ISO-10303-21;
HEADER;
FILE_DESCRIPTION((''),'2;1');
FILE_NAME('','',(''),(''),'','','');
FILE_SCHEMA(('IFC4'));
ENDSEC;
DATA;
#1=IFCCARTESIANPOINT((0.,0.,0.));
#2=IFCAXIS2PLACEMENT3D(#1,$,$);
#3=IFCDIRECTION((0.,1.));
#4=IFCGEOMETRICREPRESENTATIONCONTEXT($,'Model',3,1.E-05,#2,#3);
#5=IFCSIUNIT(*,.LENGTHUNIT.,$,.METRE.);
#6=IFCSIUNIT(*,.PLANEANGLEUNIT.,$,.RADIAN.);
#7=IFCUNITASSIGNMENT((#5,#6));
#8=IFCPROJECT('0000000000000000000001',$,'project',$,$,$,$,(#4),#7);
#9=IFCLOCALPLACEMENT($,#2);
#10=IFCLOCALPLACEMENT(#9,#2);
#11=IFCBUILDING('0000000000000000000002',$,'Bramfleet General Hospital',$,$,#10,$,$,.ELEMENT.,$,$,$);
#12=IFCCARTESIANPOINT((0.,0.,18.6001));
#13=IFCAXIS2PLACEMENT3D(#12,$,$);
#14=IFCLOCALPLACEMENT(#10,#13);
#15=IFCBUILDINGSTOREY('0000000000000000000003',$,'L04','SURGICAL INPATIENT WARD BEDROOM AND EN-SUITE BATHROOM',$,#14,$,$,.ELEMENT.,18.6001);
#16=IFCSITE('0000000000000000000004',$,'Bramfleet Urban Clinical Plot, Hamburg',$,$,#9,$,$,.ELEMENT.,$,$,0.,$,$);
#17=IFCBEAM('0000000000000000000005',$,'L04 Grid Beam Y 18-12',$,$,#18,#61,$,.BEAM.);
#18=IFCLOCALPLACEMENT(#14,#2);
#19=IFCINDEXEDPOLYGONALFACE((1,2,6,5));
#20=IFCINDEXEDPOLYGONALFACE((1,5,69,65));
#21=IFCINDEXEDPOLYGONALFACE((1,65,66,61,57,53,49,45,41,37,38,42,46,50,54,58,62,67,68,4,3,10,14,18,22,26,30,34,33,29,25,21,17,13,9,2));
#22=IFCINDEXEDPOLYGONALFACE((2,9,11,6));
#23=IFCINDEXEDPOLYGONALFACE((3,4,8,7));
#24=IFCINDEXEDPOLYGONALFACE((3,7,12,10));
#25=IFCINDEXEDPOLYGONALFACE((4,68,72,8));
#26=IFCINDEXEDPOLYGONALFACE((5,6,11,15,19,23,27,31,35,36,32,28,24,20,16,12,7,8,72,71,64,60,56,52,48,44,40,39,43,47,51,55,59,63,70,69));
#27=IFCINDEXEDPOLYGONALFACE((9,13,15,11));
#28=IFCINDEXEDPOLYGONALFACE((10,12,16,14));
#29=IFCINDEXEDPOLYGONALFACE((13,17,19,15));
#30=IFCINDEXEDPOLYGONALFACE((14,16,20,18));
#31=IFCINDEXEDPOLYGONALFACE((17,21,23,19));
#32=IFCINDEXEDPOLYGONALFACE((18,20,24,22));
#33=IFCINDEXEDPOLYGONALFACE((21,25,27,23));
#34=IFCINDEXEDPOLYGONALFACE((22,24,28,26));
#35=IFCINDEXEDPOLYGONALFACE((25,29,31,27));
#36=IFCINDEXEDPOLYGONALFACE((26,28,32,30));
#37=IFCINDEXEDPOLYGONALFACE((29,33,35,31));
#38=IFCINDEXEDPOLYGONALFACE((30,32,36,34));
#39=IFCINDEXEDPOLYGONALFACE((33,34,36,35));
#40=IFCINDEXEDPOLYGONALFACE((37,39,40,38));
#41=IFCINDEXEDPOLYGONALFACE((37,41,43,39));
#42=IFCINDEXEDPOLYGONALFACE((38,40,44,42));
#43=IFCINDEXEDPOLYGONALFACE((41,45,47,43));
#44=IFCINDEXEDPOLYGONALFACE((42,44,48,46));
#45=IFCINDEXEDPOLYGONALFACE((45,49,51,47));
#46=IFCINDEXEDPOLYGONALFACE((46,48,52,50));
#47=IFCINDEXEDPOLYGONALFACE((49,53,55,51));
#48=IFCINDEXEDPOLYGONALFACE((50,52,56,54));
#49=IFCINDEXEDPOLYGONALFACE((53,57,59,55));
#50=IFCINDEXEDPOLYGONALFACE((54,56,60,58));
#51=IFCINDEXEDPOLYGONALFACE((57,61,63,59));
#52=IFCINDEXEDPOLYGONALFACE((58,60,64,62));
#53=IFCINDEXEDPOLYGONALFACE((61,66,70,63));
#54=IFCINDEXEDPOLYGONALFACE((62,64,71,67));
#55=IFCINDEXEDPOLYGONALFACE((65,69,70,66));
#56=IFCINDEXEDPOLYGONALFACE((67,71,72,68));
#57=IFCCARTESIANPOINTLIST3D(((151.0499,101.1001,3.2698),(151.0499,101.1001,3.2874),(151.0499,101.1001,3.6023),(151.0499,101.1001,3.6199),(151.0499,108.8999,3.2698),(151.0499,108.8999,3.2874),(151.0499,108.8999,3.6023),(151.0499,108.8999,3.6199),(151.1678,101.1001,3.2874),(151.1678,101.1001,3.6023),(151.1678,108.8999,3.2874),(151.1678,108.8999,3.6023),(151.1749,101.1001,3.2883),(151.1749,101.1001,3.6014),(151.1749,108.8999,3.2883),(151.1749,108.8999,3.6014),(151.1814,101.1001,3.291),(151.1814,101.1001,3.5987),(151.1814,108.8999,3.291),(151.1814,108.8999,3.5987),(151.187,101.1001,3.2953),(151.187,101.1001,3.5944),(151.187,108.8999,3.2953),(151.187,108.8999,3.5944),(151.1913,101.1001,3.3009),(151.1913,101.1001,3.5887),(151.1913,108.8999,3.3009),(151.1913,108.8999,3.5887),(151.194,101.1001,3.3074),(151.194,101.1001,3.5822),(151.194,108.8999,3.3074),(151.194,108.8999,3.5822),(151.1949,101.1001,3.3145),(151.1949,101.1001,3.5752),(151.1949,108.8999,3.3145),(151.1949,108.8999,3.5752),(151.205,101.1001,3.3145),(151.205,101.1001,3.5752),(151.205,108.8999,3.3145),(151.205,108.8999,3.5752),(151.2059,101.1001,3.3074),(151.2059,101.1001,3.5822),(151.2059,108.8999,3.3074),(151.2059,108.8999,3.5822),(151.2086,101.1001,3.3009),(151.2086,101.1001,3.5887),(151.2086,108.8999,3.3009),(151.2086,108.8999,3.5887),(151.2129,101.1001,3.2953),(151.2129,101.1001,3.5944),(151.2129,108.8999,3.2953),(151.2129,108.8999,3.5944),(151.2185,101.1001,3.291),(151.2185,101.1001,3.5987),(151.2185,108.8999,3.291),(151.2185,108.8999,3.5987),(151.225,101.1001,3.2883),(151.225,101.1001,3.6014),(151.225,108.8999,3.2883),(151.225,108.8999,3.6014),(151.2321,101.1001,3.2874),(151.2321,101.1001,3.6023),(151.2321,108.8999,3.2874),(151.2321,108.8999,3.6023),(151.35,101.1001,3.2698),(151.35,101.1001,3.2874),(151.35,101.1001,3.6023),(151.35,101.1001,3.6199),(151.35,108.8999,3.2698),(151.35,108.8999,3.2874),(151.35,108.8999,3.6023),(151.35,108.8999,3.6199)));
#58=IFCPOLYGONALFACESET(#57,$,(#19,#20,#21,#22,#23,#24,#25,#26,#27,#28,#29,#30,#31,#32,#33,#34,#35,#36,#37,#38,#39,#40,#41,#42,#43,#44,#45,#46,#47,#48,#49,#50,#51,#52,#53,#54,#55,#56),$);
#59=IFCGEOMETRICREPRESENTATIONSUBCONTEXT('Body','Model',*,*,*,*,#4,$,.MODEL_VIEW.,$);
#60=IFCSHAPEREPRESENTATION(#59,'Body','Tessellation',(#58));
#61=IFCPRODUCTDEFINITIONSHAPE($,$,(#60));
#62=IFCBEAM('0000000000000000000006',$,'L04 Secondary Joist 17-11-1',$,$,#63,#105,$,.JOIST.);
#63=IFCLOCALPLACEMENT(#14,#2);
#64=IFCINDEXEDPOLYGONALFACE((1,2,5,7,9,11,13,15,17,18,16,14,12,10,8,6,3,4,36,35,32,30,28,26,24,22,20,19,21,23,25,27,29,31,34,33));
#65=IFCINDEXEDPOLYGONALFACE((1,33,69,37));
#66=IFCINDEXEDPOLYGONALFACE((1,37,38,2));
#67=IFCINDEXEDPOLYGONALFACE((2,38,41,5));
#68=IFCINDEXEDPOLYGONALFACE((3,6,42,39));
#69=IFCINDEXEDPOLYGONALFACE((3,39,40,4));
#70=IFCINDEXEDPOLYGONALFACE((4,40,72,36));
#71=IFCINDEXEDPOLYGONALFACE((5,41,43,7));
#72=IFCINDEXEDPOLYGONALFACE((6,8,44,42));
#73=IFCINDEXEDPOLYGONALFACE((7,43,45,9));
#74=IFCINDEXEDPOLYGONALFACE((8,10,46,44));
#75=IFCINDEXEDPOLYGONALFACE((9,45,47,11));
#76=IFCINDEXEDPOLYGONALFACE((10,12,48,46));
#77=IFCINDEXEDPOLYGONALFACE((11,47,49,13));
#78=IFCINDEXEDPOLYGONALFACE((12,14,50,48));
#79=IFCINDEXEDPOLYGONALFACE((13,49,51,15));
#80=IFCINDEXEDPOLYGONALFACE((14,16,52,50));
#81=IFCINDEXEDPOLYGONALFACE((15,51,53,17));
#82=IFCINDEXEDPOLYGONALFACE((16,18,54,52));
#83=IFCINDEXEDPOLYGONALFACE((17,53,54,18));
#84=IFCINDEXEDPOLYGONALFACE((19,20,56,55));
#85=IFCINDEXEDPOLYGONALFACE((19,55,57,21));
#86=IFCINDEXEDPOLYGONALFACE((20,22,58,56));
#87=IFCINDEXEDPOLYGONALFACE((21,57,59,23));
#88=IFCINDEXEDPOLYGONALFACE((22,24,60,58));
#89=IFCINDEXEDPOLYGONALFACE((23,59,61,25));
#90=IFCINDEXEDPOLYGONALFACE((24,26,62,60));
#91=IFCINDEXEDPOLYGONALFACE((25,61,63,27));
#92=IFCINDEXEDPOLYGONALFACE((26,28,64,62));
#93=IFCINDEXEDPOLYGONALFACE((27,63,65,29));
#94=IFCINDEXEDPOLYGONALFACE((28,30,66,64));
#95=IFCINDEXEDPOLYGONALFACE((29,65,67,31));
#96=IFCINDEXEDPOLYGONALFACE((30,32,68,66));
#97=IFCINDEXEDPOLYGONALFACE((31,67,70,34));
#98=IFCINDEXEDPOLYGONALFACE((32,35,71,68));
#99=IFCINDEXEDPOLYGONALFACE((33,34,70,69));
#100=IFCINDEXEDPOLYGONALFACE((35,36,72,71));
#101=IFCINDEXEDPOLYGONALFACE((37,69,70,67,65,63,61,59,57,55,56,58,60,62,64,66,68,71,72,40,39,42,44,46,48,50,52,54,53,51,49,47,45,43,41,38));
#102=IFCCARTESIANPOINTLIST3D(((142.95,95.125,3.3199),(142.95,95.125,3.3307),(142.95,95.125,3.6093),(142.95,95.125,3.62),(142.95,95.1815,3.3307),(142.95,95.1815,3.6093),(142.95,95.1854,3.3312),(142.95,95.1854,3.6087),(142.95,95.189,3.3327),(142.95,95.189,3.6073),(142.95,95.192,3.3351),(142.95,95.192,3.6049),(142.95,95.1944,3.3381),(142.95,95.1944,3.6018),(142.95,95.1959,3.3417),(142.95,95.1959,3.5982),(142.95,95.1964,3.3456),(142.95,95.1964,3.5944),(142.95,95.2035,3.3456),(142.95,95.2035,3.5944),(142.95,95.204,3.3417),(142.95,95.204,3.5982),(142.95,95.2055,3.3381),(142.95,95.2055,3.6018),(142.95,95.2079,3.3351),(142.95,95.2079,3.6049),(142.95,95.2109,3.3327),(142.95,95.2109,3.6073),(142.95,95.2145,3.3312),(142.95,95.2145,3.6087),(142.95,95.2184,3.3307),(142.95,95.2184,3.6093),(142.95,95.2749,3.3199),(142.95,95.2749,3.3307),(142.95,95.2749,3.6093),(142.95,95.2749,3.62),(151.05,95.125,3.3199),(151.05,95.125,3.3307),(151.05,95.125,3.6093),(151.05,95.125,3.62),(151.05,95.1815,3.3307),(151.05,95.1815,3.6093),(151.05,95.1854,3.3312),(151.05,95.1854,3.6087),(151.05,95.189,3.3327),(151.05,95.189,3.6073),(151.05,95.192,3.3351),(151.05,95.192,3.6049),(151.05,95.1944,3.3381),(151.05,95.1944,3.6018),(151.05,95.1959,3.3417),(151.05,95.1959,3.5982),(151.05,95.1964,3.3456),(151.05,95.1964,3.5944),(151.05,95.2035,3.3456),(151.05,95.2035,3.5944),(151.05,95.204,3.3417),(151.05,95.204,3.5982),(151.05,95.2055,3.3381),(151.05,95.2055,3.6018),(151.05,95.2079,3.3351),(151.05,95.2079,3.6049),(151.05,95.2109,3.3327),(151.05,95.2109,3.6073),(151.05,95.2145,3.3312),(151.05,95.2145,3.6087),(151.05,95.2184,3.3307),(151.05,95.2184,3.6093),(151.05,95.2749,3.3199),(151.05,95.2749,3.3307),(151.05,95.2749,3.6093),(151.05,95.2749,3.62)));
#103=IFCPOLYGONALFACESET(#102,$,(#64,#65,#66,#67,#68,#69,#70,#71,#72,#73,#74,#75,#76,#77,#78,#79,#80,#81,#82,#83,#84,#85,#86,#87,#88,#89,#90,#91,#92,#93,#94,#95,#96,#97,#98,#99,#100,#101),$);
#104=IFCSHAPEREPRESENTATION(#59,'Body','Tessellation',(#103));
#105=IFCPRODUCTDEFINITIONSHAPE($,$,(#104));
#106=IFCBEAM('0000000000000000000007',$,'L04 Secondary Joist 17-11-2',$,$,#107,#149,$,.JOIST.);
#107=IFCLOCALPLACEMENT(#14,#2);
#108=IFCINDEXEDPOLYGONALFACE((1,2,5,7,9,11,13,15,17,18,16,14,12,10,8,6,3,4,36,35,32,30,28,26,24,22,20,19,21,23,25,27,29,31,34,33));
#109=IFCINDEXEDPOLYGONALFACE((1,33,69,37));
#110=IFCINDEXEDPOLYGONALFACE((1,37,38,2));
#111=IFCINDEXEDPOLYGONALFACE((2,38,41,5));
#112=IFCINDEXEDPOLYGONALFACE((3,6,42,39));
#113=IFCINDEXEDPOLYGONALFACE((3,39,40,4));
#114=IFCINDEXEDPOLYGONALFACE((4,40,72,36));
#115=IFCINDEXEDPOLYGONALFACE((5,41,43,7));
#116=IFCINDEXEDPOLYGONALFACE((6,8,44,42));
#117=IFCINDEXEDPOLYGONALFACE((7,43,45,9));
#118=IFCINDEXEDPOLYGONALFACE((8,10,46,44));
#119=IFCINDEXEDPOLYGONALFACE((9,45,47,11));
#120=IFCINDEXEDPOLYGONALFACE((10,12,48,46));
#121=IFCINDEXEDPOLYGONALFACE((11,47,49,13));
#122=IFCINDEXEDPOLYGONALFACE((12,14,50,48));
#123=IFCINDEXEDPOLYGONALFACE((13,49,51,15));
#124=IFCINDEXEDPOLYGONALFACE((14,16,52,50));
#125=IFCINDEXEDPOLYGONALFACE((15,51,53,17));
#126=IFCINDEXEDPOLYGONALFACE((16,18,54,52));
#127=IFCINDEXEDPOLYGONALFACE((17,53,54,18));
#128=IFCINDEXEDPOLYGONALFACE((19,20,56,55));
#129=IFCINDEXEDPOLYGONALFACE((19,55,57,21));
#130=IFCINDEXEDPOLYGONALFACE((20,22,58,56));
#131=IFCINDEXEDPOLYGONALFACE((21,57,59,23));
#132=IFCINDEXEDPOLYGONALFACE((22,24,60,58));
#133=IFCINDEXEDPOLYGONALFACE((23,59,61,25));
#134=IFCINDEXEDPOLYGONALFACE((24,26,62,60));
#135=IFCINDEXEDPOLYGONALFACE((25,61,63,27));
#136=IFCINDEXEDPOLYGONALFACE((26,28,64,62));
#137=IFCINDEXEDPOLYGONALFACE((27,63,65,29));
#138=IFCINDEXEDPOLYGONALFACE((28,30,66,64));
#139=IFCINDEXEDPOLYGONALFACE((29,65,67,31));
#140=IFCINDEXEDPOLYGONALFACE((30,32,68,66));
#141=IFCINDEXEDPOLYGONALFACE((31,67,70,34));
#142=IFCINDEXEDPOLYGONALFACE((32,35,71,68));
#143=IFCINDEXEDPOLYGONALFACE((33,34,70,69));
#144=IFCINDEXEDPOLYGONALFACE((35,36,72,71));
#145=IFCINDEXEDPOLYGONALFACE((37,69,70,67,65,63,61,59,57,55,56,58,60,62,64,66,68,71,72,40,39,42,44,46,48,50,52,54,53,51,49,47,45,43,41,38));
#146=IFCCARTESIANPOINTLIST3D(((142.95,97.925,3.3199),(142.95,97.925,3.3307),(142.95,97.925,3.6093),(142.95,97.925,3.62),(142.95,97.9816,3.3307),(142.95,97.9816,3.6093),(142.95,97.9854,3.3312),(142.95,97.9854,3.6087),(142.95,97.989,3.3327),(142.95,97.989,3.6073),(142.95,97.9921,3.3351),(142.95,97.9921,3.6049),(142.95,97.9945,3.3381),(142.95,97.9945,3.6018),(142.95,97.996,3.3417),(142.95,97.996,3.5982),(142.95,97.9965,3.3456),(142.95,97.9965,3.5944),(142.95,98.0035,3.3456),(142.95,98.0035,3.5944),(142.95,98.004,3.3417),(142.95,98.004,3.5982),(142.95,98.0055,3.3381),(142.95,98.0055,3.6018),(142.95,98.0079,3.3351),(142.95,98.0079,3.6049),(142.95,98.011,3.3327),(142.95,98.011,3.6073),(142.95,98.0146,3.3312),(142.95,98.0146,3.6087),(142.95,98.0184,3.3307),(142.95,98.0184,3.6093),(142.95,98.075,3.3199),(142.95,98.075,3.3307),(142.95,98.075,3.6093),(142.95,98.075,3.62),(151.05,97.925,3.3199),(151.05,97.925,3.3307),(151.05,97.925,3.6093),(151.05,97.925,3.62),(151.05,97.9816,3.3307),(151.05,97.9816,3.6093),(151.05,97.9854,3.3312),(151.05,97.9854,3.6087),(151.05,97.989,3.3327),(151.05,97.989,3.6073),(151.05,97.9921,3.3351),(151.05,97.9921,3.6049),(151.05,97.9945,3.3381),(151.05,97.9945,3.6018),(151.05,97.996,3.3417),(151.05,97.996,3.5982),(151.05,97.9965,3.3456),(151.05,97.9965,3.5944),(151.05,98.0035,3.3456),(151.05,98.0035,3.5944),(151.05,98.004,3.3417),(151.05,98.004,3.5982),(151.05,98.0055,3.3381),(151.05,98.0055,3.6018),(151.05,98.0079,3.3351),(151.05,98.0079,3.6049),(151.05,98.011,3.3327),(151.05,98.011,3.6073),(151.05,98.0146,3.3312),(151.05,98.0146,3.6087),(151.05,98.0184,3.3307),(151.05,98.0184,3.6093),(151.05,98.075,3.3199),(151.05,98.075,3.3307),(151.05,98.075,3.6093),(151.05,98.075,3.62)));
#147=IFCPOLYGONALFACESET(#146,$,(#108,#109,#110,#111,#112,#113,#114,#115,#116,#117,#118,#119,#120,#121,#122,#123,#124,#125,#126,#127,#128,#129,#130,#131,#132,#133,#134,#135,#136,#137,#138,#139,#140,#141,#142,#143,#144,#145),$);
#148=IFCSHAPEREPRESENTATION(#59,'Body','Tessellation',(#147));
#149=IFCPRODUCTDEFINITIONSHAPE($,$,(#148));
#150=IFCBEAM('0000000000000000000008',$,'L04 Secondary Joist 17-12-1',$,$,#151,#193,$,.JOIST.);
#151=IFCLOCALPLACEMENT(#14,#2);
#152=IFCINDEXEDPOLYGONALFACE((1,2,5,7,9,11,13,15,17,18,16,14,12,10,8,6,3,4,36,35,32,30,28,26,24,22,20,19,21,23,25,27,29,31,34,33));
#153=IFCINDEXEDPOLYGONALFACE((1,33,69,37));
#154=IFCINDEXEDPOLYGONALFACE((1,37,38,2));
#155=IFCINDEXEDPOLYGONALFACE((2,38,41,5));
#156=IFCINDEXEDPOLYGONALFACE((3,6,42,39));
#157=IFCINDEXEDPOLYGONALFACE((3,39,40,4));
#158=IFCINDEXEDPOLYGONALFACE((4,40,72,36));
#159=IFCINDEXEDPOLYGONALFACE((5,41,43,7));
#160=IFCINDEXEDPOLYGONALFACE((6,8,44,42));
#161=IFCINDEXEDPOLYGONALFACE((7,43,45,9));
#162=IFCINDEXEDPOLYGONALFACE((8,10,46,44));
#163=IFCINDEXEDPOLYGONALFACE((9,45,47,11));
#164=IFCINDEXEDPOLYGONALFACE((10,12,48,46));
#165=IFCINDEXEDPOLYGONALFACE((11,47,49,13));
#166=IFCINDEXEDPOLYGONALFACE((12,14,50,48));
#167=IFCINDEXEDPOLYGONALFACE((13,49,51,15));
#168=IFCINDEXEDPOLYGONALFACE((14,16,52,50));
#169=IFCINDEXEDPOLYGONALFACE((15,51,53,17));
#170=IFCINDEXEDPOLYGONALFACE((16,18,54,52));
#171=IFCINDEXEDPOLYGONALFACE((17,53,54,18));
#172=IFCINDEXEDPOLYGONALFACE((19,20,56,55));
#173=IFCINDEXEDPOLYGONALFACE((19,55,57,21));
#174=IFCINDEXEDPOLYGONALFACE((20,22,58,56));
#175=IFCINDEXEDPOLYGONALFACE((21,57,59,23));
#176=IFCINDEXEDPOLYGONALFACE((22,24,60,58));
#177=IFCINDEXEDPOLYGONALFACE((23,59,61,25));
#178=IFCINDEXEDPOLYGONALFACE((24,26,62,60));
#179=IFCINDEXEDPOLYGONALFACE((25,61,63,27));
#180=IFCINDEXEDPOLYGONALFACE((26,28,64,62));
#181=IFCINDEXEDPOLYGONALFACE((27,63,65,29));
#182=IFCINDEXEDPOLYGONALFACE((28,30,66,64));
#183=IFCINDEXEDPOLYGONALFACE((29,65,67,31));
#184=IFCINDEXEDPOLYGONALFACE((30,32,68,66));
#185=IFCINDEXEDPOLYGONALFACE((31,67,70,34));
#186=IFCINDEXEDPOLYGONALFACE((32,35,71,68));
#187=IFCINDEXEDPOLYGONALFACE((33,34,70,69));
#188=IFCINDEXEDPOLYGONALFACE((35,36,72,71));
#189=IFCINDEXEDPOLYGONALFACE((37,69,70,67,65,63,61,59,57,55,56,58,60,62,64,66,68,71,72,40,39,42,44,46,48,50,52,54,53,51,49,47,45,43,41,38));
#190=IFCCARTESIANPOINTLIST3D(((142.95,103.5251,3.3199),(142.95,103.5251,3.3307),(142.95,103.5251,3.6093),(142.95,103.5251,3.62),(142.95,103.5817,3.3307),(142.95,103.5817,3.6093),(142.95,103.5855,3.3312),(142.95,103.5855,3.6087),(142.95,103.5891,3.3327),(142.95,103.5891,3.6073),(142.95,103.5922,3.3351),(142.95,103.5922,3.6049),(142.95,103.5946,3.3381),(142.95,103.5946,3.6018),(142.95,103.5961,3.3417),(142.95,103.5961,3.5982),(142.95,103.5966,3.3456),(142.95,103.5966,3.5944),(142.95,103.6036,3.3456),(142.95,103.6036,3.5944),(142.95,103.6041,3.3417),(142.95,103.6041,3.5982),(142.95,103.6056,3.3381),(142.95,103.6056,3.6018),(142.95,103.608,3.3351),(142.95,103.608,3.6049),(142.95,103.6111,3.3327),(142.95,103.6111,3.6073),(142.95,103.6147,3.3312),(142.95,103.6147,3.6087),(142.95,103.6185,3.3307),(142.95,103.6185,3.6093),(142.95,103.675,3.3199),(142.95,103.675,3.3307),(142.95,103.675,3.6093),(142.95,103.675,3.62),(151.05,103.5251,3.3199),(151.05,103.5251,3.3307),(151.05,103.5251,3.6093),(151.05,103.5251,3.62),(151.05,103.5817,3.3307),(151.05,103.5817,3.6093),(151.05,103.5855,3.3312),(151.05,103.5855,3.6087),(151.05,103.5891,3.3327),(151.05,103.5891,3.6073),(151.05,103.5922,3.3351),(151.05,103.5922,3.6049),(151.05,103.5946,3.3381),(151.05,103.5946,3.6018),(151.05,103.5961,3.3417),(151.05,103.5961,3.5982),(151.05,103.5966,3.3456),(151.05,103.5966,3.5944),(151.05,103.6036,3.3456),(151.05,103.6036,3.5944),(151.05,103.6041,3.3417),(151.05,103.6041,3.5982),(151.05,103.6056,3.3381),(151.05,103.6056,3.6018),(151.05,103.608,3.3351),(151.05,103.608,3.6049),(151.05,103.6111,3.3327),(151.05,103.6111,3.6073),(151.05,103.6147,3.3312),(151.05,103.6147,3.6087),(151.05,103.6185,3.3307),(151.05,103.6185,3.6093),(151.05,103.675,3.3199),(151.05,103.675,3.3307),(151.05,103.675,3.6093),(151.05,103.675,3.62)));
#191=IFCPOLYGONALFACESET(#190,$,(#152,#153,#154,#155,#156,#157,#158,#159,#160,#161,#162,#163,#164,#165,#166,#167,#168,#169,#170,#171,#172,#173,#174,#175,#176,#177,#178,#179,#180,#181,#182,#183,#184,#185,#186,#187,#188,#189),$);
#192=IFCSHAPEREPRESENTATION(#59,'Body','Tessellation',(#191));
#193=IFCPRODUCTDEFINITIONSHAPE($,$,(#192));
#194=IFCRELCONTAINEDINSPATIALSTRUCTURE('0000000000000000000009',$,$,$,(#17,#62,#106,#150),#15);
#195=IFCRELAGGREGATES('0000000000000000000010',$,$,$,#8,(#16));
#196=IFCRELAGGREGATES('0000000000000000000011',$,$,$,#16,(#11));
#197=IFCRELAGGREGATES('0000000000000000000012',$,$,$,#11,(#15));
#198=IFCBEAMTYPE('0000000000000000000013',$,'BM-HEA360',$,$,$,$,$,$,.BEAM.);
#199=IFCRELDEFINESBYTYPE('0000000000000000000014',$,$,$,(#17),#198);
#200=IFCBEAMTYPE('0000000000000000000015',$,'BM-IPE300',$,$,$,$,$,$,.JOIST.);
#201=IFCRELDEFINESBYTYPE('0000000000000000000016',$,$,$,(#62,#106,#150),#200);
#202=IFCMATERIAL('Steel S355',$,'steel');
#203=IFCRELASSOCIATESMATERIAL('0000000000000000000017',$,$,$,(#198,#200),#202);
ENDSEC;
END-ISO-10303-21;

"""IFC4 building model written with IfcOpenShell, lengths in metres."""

from ifc_helpers import new_model, si_unit, direction, frame, origin, origin_2d, place, context, subcontext, project, spatial, i_section, extrude, material, material_profile, profile_set, type_object, element, save


model = new_model("IFC4")

# Units and contexts
model_context = context("Model", 3, precision=1e-05, world=origin(), true_north=direction((0.0, 1.0)))
body_context = subcontext(model_context, "Body", "Model", "MODEL_VIEW")
ifc_project = project(units=[si_unit("LENGTHUNIT", "METRE"), si_unit("PLANEANGLEUNIT", "RADIAN")], contexts=[model_context])

# Site, building, storey
site_placement = place(None, origin())
site = spatial("IfcSite", under=ifc_project, at=site_placement, Name="Bramfleet Urban Clinical Plot, Hamburg", CompositionType="ELEMENT", RefElevation=0.0)
building_placement = place(site_placement, origin())
building = spatial("IfcBuilding", under=site, at=building_placement, Name="Bramfleet General Hospital", CompositionType="ELEMENT")
storey_placement = place(building_placement, frame((0.0, 0.0, 18.6001)))
storey = spatial("IfcBuildingStorey", under=building, at=storey_placement, Name="L04", Description="SURGICAL INPATIENT WARD BEDROOM AND EN-SUITE BATHROOM", CompositionType="ELEMENT", Elevation=18.6001)

# Beams
ifc_material_1 = material(Name="Steel S355", Category="steel")
ifc_material_profile_1 = material_profile(ifc_material_1, i_section(OverallWidth=0.3, OverallDepth=0.3501, WebThickness=0.01, FlangeThickness=0.0176, FilletRadius=0.0271, at=origin_2d()), Name="HEA 360")
ifc_profile_set_1 = profile_set([ifc_material_profile_1], Name="Steel S355")
beam_type_1 = type_object("IfcBeamType", Name="BM-HEA360", PredefinedType="BEAM", material=ifc_profile_set_1)
beam_1_placement = place(storey_placement, frame((151.2, 101.1001, 3.4448), z_axis=(0.0, 1.0, 0.0), x_axis=(-1.0, 0.0, 0.0)))
element("IfcBeam", 1, at=beam_1_placement, inside=storey, type_object=beam_type_1, Name="L04 Grid Beam Y 18-12", PredefinedType="BEAM", context=body_context, shape_type="SweptSolid", body=[
    extrude(i_section(OverallWidth=0.3, OverallDepth=0.3501, WebThickness=0.01, FlangeThickness=0.0176, FilletRadius=0.0271, at=origin_2d()), origin(), (0.0, 0.0, 1.0), 7.7998),
])
ifc_material_profile_2 = material_profile(ifc_material_1, i_section(OverallWidth=0.1499, OverallDepth=0.3, WebThickness=0.0071, FlangeThickness=0.0107, FilletRadius=0.0149, at=origin_2d()), Name="IPE 300")
ifc_profile_set_2 = profile_set([ifc_material_profile_2], Name="Steel S355")
beam_type_2 = type_object("IfcBeamType", Name="BM-IPE300", PredefinedType="JOIST", material=ifc_profile_set_2)
for number, where, z_axis, x_axis, name in (
    (2, (142.95, 95.2, 3.47), (1.0, 0.0, 0.0), (0.0, 1.0, 0.0), "L04 Secondary Joist 17-11-1"),
    (3, (142.95, 98.0, 3.47), (1.0, 0.0, 0.0), (0.0, 1.0, 0.0), "L04 Secondary Joist 17-11-2"),
    (4, (142.95, 103.6001, 3.47), (1.0, 0.0, 0.0), (0.0, 1.0, 0.0), "L04 Secondary Joist 17-12-1"),
):
    element("IfcBeam", number, at=place(storey_placement, frame(where, z_axis=z_axis, x_axis=x_axis)), inside=storey, type_object=beam_type_2, Name=name, PredefinedType="JOIST", context=body_context, shape_type="SweptSolid", body=[
        extrude(i_section(OverallWidth=0.1499, OverallDepth=0.3, WebThickness=0.0071, FlangeThickness=0.0107, FilletRadius=0.0149, at=origin_2d()), origin(), (0.0, 0.0, 1.0), 8.1001),
    ])

save(model, "model.ifc")
